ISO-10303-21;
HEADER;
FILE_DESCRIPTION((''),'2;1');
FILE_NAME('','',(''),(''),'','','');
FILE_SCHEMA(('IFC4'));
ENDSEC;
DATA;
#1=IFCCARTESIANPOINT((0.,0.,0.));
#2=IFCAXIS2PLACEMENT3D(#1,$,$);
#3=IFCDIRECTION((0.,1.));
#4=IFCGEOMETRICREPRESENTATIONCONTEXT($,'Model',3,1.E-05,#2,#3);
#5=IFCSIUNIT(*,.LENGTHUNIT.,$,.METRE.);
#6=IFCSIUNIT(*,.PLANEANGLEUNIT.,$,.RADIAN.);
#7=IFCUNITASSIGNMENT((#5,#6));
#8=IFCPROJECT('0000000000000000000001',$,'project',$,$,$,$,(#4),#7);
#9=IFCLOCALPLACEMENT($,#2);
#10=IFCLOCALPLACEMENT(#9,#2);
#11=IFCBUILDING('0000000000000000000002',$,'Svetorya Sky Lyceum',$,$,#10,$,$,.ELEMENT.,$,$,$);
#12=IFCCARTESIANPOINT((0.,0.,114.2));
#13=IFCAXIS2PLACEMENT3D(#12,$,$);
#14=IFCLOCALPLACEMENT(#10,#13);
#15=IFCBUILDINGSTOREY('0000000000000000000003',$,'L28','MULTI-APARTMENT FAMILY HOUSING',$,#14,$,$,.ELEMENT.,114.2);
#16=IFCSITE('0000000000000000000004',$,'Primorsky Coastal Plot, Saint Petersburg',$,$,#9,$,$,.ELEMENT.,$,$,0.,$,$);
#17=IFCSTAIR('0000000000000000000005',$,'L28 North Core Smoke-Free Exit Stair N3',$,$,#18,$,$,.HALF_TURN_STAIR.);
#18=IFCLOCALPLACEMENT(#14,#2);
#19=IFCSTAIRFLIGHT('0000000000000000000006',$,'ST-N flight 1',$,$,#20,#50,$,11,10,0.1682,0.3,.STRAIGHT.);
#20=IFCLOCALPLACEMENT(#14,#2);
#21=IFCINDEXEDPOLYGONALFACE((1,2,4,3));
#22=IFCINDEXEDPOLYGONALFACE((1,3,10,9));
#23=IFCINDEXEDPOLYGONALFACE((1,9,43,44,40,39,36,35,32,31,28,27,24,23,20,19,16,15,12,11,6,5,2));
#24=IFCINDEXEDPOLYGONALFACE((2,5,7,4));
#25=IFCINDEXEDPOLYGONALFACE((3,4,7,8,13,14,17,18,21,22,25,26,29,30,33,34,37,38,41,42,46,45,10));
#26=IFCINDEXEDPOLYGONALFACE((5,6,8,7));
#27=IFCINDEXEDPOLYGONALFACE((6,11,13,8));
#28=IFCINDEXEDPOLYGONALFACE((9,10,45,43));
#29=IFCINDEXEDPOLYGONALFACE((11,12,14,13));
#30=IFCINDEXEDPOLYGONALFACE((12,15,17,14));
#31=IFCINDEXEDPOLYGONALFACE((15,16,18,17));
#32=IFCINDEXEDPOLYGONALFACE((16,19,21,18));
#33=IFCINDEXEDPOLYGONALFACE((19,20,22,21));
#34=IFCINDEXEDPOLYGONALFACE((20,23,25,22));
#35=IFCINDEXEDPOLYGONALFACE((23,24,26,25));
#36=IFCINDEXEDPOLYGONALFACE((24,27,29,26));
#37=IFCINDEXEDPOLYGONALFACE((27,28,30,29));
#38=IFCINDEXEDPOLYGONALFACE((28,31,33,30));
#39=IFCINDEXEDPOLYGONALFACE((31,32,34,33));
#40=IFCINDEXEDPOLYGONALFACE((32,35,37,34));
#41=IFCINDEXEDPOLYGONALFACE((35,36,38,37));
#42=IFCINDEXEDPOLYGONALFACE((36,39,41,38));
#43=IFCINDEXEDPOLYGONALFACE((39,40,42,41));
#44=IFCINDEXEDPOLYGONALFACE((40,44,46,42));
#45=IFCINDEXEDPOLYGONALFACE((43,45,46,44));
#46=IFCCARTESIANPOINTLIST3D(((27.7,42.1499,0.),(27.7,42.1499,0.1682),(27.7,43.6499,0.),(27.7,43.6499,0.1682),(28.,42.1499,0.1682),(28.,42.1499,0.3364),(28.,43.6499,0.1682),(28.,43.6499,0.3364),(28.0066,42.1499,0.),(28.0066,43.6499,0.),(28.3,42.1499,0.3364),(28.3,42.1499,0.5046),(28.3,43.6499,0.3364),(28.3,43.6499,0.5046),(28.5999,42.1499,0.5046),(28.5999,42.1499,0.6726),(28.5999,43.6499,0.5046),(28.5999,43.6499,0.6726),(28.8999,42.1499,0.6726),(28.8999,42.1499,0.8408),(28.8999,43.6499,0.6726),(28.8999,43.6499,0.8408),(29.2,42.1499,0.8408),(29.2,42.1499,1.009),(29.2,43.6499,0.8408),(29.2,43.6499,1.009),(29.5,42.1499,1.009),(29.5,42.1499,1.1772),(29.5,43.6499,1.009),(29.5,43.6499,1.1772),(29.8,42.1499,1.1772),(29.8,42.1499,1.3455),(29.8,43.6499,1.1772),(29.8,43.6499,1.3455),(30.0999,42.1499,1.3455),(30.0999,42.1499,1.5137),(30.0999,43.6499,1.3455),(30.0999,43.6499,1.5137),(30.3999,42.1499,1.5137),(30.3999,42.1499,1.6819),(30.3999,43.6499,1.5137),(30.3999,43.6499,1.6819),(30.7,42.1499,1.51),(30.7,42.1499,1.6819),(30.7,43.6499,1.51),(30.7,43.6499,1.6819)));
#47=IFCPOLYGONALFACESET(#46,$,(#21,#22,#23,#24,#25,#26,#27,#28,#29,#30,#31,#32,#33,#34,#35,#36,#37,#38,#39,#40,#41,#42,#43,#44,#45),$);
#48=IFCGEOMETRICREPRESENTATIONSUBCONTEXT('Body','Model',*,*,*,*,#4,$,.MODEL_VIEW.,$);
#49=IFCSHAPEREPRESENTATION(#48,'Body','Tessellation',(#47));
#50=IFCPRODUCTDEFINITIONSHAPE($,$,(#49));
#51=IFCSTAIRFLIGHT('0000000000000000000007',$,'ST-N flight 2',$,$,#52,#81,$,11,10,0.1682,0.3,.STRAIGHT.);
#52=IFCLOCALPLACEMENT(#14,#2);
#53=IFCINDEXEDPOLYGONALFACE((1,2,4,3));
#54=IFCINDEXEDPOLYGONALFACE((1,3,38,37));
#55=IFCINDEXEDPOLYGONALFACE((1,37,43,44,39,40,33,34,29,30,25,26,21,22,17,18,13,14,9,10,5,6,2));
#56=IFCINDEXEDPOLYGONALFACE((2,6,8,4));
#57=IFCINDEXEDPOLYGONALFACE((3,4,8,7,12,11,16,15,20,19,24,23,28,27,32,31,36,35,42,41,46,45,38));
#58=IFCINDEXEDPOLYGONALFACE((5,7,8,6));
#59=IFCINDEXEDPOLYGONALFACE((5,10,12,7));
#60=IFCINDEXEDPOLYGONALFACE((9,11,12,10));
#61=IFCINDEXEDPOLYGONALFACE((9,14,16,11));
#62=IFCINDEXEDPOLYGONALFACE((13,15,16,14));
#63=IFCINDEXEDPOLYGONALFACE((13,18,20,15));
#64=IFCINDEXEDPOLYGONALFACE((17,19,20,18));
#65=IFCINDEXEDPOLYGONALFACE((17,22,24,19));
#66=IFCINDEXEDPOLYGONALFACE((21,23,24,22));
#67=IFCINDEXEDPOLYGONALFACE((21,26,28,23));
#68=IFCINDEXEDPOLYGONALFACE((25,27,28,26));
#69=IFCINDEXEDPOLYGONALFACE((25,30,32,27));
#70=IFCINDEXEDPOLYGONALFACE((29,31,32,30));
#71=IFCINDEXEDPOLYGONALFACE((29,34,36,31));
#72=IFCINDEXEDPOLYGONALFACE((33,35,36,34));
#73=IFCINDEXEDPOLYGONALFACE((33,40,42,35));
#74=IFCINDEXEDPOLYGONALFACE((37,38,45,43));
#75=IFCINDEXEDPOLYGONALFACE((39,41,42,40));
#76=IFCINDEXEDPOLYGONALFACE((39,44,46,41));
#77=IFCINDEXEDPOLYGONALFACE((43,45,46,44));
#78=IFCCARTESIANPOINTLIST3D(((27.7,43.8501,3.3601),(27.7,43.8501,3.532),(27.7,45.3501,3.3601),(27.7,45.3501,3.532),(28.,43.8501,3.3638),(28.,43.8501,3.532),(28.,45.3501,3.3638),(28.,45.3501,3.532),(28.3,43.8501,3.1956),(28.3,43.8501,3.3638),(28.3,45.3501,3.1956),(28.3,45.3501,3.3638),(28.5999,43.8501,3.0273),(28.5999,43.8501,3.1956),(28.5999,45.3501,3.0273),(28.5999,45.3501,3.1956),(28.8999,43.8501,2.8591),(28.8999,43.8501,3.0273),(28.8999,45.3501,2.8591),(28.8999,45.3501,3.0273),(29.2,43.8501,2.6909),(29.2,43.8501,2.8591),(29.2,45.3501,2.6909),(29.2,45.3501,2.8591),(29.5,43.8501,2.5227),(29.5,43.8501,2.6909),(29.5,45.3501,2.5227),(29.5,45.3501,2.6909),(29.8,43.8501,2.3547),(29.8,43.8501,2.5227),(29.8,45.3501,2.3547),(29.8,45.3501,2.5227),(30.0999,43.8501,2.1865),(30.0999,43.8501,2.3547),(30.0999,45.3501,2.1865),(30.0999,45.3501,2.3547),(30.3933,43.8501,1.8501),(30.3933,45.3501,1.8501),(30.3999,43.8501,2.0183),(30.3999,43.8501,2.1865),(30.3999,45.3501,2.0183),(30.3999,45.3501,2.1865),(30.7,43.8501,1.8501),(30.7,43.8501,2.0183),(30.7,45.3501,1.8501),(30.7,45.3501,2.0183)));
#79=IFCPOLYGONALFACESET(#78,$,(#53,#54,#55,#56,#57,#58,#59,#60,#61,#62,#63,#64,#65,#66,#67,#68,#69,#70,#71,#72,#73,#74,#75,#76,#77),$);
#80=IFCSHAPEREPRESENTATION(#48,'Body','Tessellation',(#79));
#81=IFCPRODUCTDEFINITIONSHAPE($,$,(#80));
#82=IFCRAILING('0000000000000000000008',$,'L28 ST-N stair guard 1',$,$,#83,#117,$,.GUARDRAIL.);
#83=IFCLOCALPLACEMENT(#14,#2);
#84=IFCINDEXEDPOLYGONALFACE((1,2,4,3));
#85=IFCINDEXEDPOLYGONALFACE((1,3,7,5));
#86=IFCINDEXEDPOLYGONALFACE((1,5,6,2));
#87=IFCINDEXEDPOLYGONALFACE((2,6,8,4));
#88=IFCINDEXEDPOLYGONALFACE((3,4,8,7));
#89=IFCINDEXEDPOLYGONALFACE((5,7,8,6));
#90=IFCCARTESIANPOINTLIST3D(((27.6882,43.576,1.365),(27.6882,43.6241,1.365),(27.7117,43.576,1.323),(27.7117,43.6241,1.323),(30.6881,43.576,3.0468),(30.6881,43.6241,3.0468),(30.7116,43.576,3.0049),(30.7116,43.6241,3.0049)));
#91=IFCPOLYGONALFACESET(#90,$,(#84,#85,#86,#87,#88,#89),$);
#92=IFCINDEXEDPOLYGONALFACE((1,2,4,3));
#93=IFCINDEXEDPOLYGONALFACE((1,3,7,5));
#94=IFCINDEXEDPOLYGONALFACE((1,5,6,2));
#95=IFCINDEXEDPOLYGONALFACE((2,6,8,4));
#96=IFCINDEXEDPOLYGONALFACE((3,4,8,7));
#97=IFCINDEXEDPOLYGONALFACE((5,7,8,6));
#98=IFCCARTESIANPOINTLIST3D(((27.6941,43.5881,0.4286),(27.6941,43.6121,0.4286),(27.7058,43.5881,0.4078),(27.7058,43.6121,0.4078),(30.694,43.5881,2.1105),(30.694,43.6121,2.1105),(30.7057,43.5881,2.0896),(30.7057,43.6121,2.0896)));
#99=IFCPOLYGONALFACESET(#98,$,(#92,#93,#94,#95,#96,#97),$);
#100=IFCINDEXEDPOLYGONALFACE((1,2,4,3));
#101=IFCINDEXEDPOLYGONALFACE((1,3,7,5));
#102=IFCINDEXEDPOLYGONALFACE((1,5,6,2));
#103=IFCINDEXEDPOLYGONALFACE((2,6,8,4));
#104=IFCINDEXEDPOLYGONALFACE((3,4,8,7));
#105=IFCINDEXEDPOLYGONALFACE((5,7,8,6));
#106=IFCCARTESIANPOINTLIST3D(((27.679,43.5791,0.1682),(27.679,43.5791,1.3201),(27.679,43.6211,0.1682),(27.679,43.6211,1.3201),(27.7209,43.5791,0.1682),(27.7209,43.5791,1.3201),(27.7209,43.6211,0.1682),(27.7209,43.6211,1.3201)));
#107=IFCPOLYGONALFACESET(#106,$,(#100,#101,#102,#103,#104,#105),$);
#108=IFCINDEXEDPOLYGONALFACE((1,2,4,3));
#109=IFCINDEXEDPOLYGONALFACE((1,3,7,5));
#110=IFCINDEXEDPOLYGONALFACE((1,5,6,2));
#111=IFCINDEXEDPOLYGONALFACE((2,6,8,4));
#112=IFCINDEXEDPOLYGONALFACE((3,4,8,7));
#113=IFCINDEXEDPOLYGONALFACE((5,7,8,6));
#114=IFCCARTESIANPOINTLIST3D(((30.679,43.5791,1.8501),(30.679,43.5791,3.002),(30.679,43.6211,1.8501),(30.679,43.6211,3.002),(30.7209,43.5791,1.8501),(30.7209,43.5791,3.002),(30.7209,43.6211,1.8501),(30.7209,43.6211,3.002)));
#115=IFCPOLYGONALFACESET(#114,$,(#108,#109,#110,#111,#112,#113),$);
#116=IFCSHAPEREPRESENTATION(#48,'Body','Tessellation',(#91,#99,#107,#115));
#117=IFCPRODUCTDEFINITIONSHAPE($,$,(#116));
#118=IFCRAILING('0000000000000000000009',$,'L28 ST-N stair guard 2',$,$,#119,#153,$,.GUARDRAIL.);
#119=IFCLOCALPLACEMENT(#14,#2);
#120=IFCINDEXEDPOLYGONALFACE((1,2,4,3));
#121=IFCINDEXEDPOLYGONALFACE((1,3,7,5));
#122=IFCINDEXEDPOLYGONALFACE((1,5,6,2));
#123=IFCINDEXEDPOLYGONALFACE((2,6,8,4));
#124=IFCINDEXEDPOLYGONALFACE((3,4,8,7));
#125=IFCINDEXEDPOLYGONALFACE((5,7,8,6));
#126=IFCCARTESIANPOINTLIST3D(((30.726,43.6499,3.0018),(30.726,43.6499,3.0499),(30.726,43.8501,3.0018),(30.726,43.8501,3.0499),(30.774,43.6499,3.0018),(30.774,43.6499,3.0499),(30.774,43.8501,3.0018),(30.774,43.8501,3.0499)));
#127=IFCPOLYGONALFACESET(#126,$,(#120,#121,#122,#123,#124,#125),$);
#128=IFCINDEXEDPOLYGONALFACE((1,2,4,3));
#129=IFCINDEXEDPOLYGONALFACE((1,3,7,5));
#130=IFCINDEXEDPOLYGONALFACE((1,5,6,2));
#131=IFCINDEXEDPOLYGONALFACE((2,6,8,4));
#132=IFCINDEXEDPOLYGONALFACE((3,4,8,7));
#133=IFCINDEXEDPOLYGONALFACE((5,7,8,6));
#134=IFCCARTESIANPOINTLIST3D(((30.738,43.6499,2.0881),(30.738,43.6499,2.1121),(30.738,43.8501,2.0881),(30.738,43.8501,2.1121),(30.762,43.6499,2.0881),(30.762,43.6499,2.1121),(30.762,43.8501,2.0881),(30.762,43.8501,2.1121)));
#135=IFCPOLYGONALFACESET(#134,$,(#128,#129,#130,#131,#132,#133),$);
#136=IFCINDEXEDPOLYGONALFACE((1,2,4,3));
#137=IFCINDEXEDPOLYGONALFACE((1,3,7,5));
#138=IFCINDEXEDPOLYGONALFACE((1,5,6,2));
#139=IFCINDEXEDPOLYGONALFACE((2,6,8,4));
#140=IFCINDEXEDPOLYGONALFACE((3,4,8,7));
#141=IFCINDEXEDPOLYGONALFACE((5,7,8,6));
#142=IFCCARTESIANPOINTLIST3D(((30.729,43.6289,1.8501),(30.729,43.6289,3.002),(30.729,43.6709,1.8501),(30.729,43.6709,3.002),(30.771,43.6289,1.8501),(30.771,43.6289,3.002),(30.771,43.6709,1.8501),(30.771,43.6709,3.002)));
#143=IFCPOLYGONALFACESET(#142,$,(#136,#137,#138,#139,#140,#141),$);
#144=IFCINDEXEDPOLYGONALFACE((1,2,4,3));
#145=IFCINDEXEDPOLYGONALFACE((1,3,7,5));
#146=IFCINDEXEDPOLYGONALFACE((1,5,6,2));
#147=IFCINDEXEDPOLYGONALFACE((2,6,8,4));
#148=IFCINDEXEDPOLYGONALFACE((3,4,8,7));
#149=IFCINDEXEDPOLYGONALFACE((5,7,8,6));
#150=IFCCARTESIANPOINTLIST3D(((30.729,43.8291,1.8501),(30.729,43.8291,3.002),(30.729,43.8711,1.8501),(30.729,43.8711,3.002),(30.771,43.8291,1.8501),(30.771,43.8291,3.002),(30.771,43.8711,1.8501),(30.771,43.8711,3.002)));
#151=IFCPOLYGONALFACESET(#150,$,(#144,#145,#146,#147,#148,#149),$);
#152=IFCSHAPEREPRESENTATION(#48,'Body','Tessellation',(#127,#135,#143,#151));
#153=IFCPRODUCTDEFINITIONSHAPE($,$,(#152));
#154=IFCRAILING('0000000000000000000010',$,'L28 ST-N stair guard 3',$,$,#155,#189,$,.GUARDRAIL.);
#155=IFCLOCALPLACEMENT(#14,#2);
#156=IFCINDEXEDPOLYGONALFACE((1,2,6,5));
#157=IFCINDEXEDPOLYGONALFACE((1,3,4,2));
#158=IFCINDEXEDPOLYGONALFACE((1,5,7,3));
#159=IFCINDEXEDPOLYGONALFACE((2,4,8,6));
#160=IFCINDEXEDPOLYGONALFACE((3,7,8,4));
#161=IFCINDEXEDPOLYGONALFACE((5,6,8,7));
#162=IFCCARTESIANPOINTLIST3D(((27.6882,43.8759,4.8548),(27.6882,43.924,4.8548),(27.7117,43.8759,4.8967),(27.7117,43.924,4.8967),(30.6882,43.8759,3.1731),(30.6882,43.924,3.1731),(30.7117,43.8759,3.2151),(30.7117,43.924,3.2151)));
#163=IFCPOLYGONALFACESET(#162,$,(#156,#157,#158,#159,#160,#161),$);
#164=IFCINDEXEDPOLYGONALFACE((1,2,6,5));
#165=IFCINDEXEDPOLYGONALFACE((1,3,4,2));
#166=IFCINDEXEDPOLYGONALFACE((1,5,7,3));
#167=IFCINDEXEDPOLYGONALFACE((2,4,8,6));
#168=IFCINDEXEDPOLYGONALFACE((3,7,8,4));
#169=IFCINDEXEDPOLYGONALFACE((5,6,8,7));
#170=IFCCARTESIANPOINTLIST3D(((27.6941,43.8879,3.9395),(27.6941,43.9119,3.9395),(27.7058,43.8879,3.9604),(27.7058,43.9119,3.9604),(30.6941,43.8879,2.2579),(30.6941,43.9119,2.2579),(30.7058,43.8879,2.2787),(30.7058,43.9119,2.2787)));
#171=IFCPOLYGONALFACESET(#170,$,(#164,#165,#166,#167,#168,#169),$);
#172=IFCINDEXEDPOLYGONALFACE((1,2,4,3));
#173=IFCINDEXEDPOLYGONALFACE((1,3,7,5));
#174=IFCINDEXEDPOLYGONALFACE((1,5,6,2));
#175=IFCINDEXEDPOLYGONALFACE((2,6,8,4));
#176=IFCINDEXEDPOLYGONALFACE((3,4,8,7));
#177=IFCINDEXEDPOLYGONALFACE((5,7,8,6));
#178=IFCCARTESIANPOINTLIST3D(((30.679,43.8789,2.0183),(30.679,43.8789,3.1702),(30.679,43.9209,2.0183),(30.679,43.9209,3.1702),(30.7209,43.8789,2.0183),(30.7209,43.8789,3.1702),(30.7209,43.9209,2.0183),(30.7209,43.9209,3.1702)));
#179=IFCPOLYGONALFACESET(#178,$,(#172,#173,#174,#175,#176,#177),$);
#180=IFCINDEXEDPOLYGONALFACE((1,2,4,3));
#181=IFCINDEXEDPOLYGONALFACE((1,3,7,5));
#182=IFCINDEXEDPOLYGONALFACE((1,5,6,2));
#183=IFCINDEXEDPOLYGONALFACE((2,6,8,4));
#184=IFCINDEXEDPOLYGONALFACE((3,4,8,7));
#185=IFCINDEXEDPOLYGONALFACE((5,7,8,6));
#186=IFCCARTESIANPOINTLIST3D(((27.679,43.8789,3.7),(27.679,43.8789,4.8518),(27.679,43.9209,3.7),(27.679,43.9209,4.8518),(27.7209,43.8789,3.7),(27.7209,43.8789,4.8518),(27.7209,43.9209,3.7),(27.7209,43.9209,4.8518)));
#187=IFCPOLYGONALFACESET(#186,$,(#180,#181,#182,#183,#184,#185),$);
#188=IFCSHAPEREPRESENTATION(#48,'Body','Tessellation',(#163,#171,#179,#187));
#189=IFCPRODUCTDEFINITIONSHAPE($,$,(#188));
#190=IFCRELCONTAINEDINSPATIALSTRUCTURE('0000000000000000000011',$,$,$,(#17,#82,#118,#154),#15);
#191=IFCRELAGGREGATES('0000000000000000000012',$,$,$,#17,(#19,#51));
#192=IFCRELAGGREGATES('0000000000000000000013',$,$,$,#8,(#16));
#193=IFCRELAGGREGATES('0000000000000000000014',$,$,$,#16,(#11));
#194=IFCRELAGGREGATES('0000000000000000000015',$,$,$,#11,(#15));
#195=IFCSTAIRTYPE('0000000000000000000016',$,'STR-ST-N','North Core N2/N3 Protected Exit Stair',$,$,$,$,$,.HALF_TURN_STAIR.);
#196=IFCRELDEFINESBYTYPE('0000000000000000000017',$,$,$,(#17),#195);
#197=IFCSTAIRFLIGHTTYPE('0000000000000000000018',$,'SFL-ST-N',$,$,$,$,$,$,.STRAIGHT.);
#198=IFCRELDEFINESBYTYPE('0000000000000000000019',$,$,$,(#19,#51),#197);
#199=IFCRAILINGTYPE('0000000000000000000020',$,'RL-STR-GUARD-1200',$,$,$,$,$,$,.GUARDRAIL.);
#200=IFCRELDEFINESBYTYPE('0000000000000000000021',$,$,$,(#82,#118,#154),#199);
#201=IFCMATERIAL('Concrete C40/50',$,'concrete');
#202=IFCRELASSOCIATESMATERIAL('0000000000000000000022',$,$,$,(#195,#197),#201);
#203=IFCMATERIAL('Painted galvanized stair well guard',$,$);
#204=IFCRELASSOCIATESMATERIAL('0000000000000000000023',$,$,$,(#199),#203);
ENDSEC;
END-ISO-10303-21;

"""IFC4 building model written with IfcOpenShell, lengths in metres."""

from ifc_helpers import new_model, si_unit, direction, frame, origin, origin_2d, place, context, subcontext, project, spatial, polyline, rectangle, outline, extrude, material, type_object, element, aggregate, save


model = new_model("IFC4")

# Units and contexts
model_context = context("Model", 3, precision=1e-05, world=origin(), true_north=direction((0.0, 1.0)))
body_context = subcontext(model_context, "Body", "Model", "MODEL_VIEW")
ifc_project = project(units=[si_unit("LENGTHUNIT", "METRE"), si_unit("PLANEANGLEUNIT", "RADIAN")], contexts=[model_context])

# Site, building, storey
site_placement = place(None, origin())
site = spatial("IfcSite", under=ifc_project, at=site_placement, Name="Primorsky Coastal Plot, Saint Petersburg", CompositionType="ELEMENT", RefElevation=0.0)
building_placement = place(site_placement, origin())
building = spatial("IfcBuilding", under=site, at=building_placement, Name="Svetorya Sky Lyceum", CompositionType="ELEMENT")
storey_placement = place(building_placement, frame((0.0, 0.0, 114.2)))
storey = spatial("IfcBuildingStorey", under=building, at=storey_placement, Name="L28", Description="MULTI-APARTMENT FAMILY HOUSING", CompositionType="ELEMENT", Elevation=114.2)

# Stair, stair flights
ifc_material_1 = material(Name="Concrete C40/50", Category="concrete")
stair_type = type_object("IfcStairType", Name="STR-ST-N", Description="North Core N2/N3 Protected Exit Stair", PredefinedType="HALF_TURN_STAIR", material=ifc_material_1)
stair_placement = place(storey_placement, origin())
stair = element("IfcStair", 1, at=stair_placement, inside=storey, type_object=stair_type, Name="L28 North Core Smoke-Free Exit Stair N3", PredefinedType="HALF_TURN_STAIR")
stair_flight_type = type_object("IfcStairFlightType", Name="SFL-ST-N", PredefinedType="STRAIGHT", material=ifc_material_1)
stair_flight_1_placement = place(storey_placement, frame((27.7, 42.8999, 0.0), z_axis=(0.0, 0.0, 1.0), x_axis=(1.0, 0.0, 0.0)))
stair_flight_1 = element("IfcStairFlight", 2, at=stair_flight_1_placement, type_object=stair_flight_type, Name="ST-N flight 1", NumberOfRisers=11, NumberOfTreads=10, PredefinedType="STRAIGHT", RiserHeight=0.1682, TreadLength=0.3, context=body_context, shape_type="SweptSolid", body=[
    extrude(outline(polyline([(0.0, 0.0), (0.0, 0.1682), (0.3, 0.1682), (0.3, 0.3364), (0.6001, 0.3364), (0.6001, 0.5046), (0.8999, 0.5046), (0.8999, 0.6726), (1.2, 0.6726), (1.2, 0.8408), (1.5, 0.8408), (1.5, 1.009), (1.8, 1.009), (1.8, 1.1772), (2.1001, 1.1772), (2.1001, 1.3455), (2.3999, 1.3455), (2.3999, 1.5137), (2.7, 1.5137), (2.7, 1.6819), (3.0, 1.6819), (3.0, 1.8501), (3.0, 1.51), (0.3066, 0.0), (0.0, 0.0)])), frame((0.0, 0.75, 0.0), z_axis=(0.0, -1.0, 0.0), x_axis=(1.0, 0.0, 0.0)), (0.0, 0.0, 1.0), 1.5),
])
stair_flight_2_placement = place(storey_placement, frame((30.7, 44.6001, 1.8501), z_axis=(0.0, 0.0, 1.0), x_axis=(-1.0, 0.0, 0.0)))
stair_flight_2 = element("IfcStairFlight", 3, at=stair_flight_2_placement, type_object=stair_flight_type, Name="ST-N flight 2", NumberOfRisers=11, NumberOfTreads=10, PredefinedType="STRAIGHT", RiserHeight=0.1682, TreadLength=0.3, context=body_context, shape_type="SweptSolid", body=[
    extrude(outline(polyline([(0.0, 0.0), (0.0, 0.1682), (0.3, 0.1682), (0.3, 0.3364), (0.6001, 0.3364), (0.6001, 0.5046), (0.8999, 0.5046), (0.8999, 0.6726), (1.2, 0.6726), (1.2, 0.8408), (1.5, 0.8408), (1.5, 1.009), (1.8, 1.009), (1.8, 1.1772), (2.1001, 1.1772), (2.1001, 1.3455), (2.3999, 1.3455), (2.3999, 1.5137), (2.7, 1.5137), (2.7, 1.6819), (3.0, 1.6819), (3.0, 1.8501), (3.0, 1.51), (0.3066, 0.0), (0.0, 0.0)])), frame((0.0, 0.75, 0.0), z_axis=(0.0, -1.0, 0.0), x_axis=(1.0, 0.0, 0.0)), (0.0, 0.0, 1.0), 1.5),
])
aggregate(stair, [stair_flight_1, stair_flight_2])

# Railings
ifc_material_2 = material(Name="Painted galvanized stair well guard")
railing_type_1 = type_object("IfcRailingType", Name="RL-STR-GUARD-1200", PredefinedType="GUARDRAIL", material=ifc_material_2)
railing_1_placement = place(storey_placement, frame((27.7, 43.6001, 0.1682)))
element("IfcRailing", 4, at=railing_1_placement, inside=storey, type_object=railing_type_1, Name="L28 ST-N stair guard 1", PredefinedType="GUARDRAIL", context=body_context, shape_type="SweptSolid", body=[
    extrude(rectangle(XDim=0.0481, YDim=0.0481, at=origin_2d()), frame((0.0, 0.0, 1.1758), z_axis=(0.872272, 0.0, 0.48902), x_axis=(0.0, 1.0, 0.0)), (0.0, 0.0, 1.0), 3.4392),
    extrude(rectangle(XDim=0.0239, YDim=0.0239, at=origin_2d()), frame((0.0, 0.0, 0.25), z_axis=(0.872272, 0.0, 0.48902), x_axis=(0.0, 1.0, 0.0)), (0.0, 0.0, 1.0), 3.4392),
    extrude(rectangle(XDim=0.042, YDim=0.042, at=origin_2d()), origin(), (0.0, 0.0, 1.0), 1.1519),
    extrude(rectangle(XDim=0.042, YDim=0.042, at=origin_2d()), frame((3.0, 0.0, 1.6819)), (0.0, 0.0, 1.0), 1.1519),
])
railing_2_placement = place(storey_placement, frame((30.75, 43.6499, 1.8501)))
element("IfcRailing", 5, at=railing_2_placement, inside=storey, type_object=railing_type_1, Name="L28 ST-N stair guard 2", PredefinedType="GUARDRAIL", context=body_context, shape_type="SweptSolid", body=[
    extrude(rectangle(XDim=0.0481, YDim=0.0481, at=origin_2d()), frame((0.0, 0.0, 1.1758), z_axis=(0.0, 1.0, 0.0), x_axis=(-1.0, 0.0, 0.0)), (0.0, 0.0, 1.0), 0.2002),
    extrude(rectangle(XDim=0.0239, YDim=0.0239, at=origin_2d()), frame((0.0, 0.0, 0.25), z_axis=(0.0, 1.0, 0.0), x_axis=(-1.0, 0.0, 0.0)), (0.0, 0.0, 1.0), 0.2002),
    extrude(rectangle(XDim=0.042, YDim=0.042, at=origin_2d()), origin(), (0.0, 0.0, 1.0), 1.1519),
    extrude(rectangle(XDim=0.042, YDim=0.042, at=origin_2d()), frame((0.0, 0.2002, 0.0)), (0.0, 0.0, 1.0), 1.1519),
])
railing_3_placement = place(storey_placement, frame((30.7, 43.8999, 2.0183)))
element("IfcRailing", 6, at=railing_3_placement, inside=storey, type_object=railing_type_1, Name="L28 ST-N stair guard 3", PredefinedType="GUARDRAIL", context=body_context, shape_type="SweptSolid", body=[
    extrude(rectangle(XDim=0.0481, YDim=0.0481, at=origin_2d()), frame((0.0, 0.0, 1.1758), z_axis=(-0.872303, 0.0, 0.488966), x_axis=(0.0, -1.0, 0.0)), (0.0, 0.0, 1.0), 3.4392),
    extrude(rectangle(XDim=0.0239, YDim=0.0239, at=origin_2d()), frame((0.0, 0.0, 0.25), z_axis=(-0.872303, 0.0, 0.488966), x_axis=(0.0, -1.0, 0.0)), (0.0, 0.0, 1.0), 3.4392),
    extrude(rectangle(XDim=0.042, YDim=0.042, at=origin_2d()), origin(), (0.0, 0.0, 1.0), 1.1519),
    extrude(rectangle(XDim=0.042, YDim=0.042, at=origin_2d()), frame((-3.0, 0.0, 1.6816)), (0.0, 0.0, 1.0), 1.1519),
])

save(model, "model.ifc")
